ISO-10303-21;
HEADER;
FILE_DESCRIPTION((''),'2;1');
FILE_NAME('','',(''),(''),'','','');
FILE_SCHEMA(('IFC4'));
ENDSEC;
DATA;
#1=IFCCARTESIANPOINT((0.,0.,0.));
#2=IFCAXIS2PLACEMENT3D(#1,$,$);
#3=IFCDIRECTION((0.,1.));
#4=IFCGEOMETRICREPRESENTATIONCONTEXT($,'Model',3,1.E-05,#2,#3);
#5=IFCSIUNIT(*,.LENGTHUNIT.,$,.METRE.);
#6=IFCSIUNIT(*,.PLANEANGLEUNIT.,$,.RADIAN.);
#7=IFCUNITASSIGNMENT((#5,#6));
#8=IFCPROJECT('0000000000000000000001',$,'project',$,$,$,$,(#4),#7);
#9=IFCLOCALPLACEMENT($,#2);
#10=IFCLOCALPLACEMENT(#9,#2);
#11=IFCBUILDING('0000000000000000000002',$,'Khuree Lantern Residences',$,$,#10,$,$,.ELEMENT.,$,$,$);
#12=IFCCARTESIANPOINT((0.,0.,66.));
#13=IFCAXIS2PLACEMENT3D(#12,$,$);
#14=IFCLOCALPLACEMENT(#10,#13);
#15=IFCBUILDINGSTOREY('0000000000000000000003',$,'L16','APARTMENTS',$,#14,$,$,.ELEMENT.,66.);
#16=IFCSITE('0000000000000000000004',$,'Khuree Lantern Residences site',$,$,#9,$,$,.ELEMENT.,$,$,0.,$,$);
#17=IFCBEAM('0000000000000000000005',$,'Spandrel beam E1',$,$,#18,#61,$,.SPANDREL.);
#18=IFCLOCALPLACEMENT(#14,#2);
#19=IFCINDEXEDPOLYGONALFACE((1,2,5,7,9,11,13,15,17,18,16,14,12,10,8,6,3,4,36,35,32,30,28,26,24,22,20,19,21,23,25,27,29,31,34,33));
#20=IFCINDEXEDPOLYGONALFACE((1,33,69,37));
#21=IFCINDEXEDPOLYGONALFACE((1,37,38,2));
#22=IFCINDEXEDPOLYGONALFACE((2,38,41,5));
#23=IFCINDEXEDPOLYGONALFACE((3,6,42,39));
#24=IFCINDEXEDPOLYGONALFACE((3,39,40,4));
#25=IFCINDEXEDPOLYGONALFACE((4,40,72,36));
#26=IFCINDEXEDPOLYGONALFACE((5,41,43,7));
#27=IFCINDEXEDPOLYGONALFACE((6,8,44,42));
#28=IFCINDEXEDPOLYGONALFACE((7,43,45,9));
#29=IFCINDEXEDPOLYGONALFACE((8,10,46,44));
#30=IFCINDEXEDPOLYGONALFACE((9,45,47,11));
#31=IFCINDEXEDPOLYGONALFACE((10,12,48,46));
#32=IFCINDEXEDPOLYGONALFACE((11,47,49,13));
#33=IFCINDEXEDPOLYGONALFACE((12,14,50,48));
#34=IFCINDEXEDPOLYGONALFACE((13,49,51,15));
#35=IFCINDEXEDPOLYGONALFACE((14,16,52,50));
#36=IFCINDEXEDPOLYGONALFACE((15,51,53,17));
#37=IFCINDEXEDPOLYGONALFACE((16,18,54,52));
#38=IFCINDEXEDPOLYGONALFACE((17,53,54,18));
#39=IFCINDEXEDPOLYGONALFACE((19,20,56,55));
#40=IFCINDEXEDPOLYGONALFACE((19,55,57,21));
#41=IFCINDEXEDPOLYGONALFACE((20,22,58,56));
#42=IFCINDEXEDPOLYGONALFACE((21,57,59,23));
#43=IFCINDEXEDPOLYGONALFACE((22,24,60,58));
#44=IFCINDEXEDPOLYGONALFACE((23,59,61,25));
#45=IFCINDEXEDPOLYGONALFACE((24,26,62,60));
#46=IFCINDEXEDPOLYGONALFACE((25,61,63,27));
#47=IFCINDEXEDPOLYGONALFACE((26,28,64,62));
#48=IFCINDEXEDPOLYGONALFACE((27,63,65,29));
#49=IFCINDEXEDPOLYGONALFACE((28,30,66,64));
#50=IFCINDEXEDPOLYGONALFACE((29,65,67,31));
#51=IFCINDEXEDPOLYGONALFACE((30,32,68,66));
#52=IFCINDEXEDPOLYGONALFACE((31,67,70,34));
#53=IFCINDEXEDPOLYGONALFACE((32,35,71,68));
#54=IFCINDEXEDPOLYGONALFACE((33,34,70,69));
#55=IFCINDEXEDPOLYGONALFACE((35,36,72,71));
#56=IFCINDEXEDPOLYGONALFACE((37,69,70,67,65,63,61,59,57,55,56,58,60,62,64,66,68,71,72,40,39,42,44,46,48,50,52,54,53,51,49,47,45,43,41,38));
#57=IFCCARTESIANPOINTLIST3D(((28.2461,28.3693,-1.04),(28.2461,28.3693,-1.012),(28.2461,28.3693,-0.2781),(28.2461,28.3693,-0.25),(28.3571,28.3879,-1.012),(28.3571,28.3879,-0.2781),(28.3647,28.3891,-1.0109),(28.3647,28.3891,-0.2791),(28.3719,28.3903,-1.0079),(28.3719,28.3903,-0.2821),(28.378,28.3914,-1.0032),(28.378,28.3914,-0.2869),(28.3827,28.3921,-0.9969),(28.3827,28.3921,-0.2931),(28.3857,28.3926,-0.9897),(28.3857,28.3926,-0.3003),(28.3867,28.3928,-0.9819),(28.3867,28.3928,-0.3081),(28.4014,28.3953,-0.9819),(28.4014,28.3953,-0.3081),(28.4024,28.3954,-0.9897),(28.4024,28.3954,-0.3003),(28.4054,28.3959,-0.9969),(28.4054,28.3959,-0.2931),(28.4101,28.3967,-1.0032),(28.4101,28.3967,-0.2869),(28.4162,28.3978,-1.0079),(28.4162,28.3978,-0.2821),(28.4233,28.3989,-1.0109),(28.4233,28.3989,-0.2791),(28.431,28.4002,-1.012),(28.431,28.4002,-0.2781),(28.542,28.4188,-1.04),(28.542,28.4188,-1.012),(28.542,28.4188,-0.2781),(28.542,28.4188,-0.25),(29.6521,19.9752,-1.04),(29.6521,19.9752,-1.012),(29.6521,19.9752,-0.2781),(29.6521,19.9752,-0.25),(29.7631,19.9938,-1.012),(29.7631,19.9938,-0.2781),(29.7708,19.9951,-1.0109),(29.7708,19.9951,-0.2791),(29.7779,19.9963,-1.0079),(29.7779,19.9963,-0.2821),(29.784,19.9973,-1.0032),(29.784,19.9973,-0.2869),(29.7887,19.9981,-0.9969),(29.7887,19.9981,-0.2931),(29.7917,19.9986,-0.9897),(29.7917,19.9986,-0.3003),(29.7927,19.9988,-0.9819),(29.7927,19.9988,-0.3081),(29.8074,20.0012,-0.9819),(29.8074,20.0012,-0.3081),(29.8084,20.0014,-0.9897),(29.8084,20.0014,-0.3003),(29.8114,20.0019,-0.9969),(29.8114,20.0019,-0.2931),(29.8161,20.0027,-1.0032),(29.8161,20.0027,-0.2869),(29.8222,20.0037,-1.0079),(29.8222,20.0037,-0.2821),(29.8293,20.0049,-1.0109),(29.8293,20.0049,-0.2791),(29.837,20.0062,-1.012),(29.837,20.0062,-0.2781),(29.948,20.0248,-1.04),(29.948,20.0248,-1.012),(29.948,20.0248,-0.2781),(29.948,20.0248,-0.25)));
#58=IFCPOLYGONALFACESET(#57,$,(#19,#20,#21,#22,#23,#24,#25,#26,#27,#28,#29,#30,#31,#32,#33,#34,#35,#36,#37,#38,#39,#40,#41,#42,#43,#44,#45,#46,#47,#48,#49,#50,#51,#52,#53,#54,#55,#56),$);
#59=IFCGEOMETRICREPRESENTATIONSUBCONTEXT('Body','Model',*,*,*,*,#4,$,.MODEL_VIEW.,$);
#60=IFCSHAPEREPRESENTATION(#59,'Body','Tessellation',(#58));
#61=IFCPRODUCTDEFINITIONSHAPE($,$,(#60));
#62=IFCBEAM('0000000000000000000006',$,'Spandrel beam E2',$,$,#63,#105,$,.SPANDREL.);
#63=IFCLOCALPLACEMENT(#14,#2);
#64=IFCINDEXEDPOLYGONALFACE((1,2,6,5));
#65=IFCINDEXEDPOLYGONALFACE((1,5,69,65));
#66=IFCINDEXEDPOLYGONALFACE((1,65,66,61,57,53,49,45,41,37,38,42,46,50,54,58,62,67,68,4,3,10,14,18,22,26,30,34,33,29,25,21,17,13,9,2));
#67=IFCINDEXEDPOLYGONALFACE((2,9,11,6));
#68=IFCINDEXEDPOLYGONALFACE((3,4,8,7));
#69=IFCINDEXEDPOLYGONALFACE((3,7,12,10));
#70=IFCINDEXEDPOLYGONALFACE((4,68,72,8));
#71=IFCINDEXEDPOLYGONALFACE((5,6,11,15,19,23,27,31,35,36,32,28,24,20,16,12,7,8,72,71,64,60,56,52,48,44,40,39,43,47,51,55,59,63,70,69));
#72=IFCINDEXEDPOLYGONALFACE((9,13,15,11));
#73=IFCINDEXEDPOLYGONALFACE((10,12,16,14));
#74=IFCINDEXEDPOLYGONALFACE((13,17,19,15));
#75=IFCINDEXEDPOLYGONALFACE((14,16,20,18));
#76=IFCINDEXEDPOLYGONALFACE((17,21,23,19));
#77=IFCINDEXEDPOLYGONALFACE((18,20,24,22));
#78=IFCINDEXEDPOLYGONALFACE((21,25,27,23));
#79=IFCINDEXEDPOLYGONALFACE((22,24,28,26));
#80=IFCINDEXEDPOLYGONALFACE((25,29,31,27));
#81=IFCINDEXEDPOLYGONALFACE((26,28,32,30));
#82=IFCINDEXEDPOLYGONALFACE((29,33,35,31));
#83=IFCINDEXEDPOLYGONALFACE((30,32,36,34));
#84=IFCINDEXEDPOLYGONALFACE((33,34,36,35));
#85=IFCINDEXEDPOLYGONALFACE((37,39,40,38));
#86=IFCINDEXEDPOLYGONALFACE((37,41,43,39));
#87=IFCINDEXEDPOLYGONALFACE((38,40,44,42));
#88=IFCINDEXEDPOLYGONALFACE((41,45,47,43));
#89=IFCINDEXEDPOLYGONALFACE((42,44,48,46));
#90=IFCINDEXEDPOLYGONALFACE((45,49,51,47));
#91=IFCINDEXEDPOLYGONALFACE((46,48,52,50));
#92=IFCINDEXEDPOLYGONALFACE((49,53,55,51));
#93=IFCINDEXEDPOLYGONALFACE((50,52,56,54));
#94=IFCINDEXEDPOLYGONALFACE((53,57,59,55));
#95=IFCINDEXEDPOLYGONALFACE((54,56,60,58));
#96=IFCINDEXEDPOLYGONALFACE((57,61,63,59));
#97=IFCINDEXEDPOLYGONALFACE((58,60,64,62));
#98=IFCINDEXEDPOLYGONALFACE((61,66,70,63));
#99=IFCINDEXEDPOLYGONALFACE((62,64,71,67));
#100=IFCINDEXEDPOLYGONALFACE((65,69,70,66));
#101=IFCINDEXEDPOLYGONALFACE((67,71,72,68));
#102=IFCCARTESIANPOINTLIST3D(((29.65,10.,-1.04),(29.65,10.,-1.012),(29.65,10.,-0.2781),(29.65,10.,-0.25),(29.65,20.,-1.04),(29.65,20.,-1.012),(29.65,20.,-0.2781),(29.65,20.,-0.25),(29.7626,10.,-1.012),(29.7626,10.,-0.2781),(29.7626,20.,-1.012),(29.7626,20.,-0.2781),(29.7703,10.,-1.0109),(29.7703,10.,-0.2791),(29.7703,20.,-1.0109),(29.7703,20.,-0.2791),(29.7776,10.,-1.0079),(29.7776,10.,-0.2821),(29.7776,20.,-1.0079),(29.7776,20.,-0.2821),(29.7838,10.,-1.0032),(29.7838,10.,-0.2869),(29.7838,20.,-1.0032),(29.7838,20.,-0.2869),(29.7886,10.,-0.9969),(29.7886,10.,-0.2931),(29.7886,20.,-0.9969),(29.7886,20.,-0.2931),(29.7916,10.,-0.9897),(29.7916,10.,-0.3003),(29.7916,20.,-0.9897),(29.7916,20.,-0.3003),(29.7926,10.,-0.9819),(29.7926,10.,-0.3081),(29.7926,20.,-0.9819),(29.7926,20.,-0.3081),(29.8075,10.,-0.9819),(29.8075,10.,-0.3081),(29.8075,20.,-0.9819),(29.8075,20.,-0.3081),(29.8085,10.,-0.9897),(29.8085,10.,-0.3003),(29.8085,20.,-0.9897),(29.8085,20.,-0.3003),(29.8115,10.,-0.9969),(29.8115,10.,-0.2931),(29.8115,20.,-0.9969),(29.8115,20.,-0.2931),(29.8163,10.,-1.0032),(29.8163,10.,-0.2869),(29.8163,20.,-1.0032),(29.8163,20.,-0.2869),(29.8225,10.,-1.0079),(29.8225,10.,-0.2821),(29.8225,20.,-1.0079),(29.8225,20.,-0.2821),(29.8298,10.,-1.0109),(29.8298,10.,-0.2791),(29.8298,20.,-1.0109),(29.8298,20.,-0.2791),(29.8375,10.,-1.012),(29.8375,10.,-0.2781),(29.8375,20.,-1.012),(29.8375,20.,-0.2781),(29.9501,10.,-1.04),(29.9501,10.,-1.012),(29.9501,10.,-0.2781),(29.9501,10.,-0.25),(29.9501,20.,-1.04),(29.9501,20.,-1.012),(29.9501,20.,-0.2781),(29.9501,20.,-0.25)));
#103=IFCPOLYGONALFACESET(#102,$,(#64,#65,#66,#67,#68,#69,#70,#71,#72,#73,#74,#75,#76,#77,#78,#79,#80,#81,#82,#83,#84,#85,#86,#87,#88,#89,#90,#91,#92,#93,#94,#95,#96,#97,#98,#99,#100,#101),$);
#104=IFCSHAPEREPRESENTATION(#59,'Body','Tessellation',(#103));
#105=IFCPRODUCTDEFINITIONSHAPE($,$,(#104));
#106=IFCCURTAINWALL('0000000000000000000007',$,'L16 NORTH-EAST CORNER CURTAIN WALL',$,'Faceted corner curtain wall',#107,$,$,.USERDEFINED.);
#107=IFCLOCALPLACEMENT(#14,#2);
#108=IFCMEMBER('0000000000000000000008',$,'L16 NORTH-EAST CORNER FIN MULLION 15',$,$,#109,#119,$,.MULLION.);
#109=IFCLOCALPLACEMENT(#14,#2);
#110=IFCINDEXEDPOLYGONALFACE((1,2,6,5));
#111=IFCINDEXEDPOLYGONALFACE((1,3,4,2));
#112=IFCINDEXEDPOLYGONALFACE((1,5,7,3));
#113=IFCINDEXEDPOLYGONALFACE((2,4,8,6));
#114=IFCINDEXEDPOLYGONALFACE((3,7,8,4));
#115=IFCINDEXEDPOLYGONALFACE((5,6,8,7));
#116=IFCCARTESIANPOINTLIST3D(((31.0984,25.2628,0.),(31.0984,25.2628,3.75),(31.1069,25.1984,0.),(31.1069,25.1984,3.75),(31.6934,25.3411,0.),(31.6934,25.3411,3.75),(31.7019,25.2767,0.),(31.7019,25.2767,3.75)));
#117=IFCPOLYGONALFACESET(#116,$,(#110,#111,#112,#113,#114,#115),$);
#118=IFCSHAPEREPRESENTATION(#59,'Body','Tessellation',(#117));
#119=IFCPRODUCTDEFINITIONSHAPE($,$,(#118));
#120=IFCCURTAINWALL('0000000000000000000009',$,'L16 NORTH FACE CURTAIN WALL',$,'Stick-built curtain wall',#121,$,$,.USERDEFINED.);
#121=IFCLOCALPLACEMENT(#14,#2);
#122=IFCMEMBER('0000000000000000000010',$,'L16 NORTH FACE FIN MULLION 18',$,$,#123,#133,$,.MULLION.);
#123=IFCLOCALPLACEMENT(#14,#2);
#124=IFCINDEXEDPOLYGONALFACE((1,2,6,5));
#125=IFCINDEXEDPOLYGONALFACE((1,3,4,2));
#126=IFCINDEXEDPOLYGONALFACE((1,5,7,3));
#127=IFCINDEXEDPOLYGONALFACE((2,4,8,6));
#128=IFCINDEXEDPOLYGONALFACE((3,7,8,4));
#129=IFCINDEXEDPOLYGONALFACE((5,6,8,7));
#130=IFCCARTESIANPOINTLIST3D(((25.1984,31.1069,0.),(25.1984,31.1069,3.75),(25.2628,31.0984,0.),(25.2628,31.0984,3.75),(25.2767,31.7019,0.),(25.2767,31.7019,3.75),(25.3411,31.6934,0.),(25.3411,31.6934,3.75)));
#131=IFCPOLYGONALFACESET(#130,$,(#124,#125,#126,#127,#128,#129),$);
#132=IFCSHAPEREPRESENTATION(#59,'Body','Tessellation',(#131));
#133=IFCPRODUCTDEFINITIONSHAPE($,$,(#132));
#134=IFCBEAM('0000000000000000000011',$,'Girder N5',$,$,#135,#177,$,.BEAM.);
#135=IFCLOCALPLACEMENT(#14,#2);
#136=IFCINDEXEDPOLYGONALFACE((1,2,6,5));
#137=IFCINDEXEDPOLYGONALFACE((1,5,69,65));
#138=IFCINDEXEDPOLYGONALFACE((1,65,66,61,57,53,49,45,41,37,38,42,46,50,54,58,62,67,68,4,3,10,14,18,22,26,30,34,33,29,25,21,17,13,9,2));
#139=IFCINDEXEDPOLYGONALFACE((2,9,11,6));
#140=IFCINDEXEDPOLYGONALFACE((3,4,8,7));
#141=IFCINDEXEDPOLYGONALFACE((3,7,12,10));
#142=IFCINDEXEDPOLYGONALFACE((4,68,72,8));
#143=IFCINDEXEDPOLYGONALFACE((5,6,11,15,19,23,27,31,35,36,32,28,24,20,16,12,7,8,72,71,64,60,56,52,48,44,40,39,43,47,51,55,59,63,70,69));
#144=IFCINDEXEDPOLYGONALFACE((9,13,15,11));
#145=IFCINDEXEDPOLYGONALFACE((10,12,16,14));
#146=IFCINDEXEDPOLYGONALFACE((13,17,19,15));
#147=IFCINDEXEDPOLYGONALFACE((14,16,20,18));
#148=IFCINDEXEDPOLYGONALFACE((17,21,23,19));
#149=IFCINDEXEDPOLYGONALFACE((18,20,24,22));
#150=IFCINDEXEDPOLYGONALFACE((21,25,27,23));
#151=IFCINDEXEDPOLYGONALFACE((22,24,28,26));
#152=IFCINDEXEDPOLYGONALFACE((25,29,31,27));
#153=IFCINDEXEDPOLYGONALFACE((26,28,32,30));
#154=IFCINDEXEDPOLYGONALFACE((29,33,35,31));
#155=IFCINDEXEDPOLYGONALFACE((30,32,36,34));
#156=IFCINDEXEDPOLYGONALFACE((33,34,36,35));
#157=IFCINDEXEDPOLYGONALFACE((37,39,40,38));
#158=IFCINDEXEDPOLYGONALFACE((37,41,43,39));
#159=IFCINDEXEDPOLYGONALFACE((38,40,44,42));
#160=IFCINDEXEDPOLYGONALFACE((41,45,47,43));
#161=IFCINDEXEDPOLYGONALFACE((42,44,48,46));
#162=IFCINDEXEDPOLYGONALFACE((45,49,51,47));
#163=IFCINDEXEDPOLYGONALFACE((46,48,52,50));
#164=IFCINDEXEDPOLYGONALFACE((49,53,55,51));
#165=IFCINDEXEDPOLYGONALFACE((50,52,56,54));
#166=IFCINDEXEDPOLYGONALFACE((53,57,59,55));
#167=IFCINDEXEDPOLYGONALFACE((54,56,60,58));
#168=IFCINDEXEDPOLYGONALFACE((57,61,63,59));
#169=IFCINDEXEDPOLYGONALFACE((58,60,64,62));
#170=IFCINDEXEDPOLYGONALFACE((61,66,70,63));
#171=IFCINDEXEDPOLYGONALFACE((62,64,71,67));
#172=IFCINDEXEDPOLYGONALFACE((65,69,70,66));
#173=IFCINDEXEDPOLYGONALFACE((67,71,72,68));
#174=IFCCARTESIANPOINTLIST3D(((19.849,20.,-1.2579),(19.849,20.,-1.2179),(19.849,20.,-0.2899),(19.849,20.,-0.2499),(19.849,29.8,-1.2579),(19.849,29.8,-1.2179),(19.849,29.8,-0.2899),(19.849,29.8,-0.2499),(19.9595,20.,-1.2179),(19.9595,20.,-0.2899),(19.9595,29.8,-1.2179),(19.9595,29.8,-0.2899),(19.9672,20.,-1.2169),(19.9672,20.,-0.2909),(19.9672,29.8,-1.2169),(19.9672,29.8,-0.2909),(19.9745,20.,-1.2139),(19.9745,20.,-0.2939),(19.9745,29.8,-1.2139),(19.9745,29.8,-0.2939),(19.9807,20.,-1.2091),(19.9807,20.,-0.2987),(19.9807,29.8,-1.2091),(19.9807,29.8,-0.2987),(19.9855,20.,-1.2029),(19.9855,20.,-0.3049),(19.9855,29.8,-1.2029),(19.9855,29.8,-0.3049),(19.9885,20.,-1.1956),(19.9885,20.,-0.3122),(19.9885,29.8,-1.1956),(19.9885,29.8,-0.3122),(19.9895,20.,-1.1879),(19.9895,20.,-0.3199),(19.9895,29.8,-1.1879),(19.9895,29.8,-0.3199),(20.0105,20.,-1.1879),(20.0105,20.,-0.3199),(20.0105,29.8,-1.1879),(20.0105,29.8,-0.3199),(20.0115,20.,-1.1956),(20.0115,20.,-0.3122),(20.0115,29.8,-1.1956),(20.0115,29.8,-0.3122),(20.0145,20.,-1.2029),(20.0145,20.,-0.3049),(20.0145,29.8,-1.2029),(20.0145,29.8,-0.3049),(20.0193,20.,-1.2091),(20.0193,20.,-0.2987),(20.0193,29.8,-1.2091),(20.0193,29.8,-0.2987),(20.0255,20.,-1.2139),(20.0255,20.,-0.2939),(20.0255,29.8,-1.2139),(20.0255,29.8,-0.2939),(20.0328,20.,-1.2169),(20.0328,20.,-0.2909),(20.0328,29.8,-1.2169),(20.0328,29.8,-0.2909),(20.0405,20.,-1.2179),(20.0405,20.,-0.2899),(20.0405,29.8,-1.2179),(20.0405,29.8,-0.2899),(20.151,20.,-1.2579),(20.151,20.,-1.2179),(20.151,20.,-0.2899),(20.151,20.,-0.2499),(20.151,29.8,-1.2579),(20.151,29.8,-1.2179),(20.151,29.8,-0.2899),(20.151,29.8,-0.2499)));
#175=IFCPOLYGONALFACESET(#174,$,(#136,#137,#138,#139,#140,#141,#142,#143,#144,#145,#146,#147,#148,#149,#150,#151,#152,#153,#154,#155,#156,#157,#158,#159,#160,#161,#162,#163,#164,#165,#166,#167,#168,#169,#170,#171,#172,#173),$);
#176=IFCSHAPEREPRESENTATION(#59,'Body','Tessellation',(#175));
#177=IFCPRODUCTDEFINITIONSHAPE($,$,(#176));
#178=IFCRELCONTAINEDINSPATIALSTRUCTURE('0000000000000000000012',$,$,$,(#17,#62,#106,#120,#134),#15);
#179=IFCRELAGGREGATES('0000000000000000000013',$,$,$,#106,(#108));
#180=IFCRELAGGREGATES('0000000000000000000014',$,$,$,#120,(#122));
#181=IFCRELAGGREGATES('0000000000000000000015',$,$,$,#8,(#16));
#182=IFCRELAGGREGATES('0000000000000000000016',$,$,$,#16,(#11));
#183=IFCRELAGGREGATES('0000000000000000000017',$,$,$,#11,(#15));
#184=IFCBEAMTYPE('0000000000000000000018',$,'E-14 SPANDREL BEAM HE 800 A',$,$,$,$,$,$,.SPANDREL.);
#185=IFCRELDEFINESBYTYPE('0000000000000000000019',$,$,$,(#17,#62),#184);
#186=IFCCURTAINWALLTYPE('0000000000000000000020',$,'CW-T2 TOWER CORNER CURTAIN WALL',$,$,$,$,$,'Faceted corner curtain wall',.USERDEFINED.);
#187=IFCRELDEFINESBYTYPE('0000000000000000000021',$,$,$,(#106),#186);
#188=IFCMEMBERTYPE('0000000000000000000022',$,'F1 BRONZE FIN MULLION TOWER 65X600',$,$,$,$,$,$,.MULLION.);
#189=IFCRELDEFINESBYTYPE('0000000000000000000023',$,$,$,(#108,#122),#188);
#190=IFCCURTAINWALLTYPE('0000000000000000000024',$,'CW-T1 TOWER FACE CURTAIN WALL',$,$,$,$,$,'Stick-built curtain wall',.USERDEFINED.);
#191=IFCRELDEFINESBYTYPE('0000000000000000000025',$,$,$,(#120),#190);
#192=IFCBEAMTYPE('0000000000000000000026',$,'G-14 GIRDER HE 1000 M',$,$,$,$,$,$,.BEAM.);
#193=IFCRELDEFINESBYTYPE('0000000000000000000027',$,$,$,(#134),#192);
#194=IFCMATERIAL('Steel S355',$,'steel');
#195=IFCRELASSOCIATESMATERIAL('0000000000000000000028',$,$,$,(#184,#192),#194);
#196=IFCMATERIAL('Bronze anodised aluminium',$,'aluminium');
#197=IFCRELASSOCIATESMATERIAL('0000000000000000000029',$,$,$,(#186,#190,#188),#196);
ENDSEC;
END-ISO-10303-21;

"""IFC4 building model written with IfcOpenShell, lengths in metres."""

from ifc_helpers import new_model, si_unit, direction, frame, origin, origin_2d, place, context, subcontext, project, spatial, rectangle, i_section, extrude, material, material_profile, profile_set, type_object, element, aggregate, save


model = new_model("IFC4")

# Units and contexts
model_context = context("Model", 3, precision=1e-05, world=origin(), true_north=direction((0.0, 1.0)))
body_context = subcontext(model_context, "Body", "Model", "MODEL_VIEW")
ifc_project = project(units=[si_unit("LENGTHUNIT", "METRE"), si_unit("PLANEANGLEUNIT", "RADIAN")], contexts=[model_context])

# Site, building, storey
site_placement = place(None, origin())
site = spatial("IfcSite", under=ifc_project, at=site_placement, Name="Khuree Lantern Residences site", CompositionType="ELEMENT", RefElevation=0.0)
building_placement = place(site_placement, origin())
building = spatial("IfcBuilding", under=site, at=building_placement, Name="Khuree Lantern Residences", CompositionType="ELEMENT")
storey_placement = place(building_placement, frame((0.0, 0.0, 66.0)))
storey = spatial("IfcBuildingStorey", under=building, at=storey_placement, Name="L16", Description="APARTMENTS", CompositionType="ELEMENT", Elevation=66.0)

# Beams
ifc_material_1 = material(Name="Steel S355", Category="steel")
ifc_material_profile_1 = material_profile(ifc_material_1, i_section(OverallWidth=0.3, OverallDepth=0.79, WebThickness=0.0149, FlangeThickness=0.0281, FilletRadius=0.03, at=origin_2d()), Name="HE 800 A")
ifc_profile_set_1 = profile_set([ifc_material_profile_1], Name="Steel S355")
beam_type_1 = type_object("IfcBeamType", Name="E-14 SPANDREL BEAM HE 800 A", PredefinedType="SPANDREL", material=ifc_profile_set_1)
for number, where, z_axis, x_axis, name in (
    (1, (28.394, 28.394, -0.645), (0.165199, -0.98626, 0.0), (0.98626, 0.165199, 0.0), "Spandrel beam E1"),
):
    element("IfcBeam", number, at=place(storey_placement, frame(where, z_axis=z_axis, x_axis=x_axis)), inside=storey, type_object=beam_type_1, Name=name, PredefinedType="SPANDREL", context=body_context, shape_type="SweptSolid", body=[
        extrude(i_section(OverallWidth=0.3, OverallDepth=0.79, WebThickness=0.0149, FlangeThickness=0.0281, FilletRadius=0.03, at=origin_2d()), origin(), (0.0, 0.0, 1.0), 8.511),
    ])
beam_1_placement = place(storey_placement, frame((29.8, 20.0, -0.645), z_axis=(0.0, -1.0, 0.0), x_axis=(1.0, 0.0, 0.0)))
element("IfcBeam", 2, at=beam_1_placement, inside=storey, type_object=beam_type_1, Name="Spandrel beam E2", PredefinedType="SPANDREL", context=body_context, shape_type="SweptSolid", body=[
    extrude(i_section(OverallWidth=0.3, OverallDepth=0.79, WebThickness=0.0149, FlangeThickness=0.0281, FilletRadius=0.03, at=origin_2d()), origin(), (0.0, 0.0, 1.0), 10.0),
])

# Curtain walls, members
ifc_material_2 = material(Name="Bronze anodised aluminium", Category="aluminium")
curtain_wall_type_1 = type_object("IfcCurtainWallType", Name="CW-T2 TOWER CORNER CURTAIN WALL", ElementType="Faceted corner curtain wall", PredefinedType="USERDEFINED", material=ifc_material_2)
curtain_wall_1_placement = place(storey_placement, origin())
curtain_wall_1 = element("IfcCurtainWall", 3, at=curtain_wall_1_placement, inside=storey, type_object=curtain_wall_type_1, Name="L16 NORTH-EAST CORNER CURTAIN WALL", ObjectType="Faceted corner curtain wall", PredefinedType="USERDEFINED")
ifc_material_profile_2 = material_profile(ifc_material_2, rectangle(XDim=0.0649, YDim=0.6001, at=origin_2d()), Name="F1 65X600")
ifc_profile_set_2 = profile_set([ifc_material_profile_2], Name="Bronze anodised aluminium")
member_type_1 = type_object("IfcMemberType", Name="F1 BRONZE FIN MULLION TOWER 65X600", PredefinedType="MULLION", material=ifc_profile_set_2)
member_1_placement = place(storey_placement, frame((31.4001, 25.2698, 0.0), z_axis=(0.0, 0.0, 1.0), x_axis=(-0.130526, 0.991445, 0.0)))
member_1 = element("IfcMember", 4, at=member_1_placement, type_object=member_type_1, Name="L16 NORTH-EAST CORNER FIN MULLION 15", PredefinedType="MULLION", context=body_context, shape_type="SweptSolid", body=[
    extrude(rectangle(XDim=0.0649, YDim=0.6001, at=origin_2d()), origin(), (0.0, 0.0, 1.0), 3.75),
])
curtain_wall_type_2 = type_object("IfcCurtainWallType", Name="CW-T1 TOWER FACE CURTAIN WALL", ElementType="Stick-built curtain wall", PredefinedType="USERDEFINED", material=ifc_material_2)
curtain_wall_2_placement = place(storey_placement, origin())
curtain_wall_2 = element("IfcCurtainWall", 5, at=curtain_wall_2_placement, inside=storey, type_object=curtain_wall_type_2, Name="L16 NORTH FACE CURTAIN WALL", ObjectType="Stick-built curtain wall", PredefinedType="USERDEFINED")
member_2_placement = place(storey_placement, frame((25.2698, 31.4001, 0.0), z_axis=(0.0, 0.0, 1.0), x_axis=(-0.991445, 0.130526, 0.0)))
member_2 = element("IfcMember", 6, at=member_2_placement, type_object=member_type_1, Name="L16 NORTH FACE FIN MULLION 18", PredefinedType="MULLION", context=body_context, shape_type="SweptSolid", body=[
    extrude(rectangle(XDim=0.0649, YDim=0.6001, at=origin_2d()), origin(), (0.0, 0.0, 1.0), 3.75),
])

# Beam
ifc_material_profile_3 = material_profile(ifc_material_1, i_section(OverallWidth=0.302, OverallDepth=1.0081, WebThickness=0.021, FlangeThickness=0.04, FilletRadius=0.03, at=origin_2d()), Name="HE 1000 M")
ifc_profile_set_3 = profile_set([ifc_material_profile_3], Name="Steel S355")
beam_type_2 = type_object("IfcBeamType", Name="G-14 GIRDER HE 1000 M", PredefinedType="BEAM", material=ifc_profile_set_3)
for number, where, z_axis, x_axis, name in (
    (7, (20.0, 29.8, -0.7539), (0.0, -1.0, 0.0), (1.0, 0.0, 0.0), "Girder N5"),
):
    element("IfcBeam", number, at=place(storey_placement, frame(where, z_axis=z_axis, x_axis=x_axis)), inside=storey, type_object=beam_type_2, Name=name, PredefinedType="BEAM", context=body_context, shape_type="SweptSolid", body=[
        extrude(i_section(OverallWidth=0.302, OverallDepth=1.0081, WebThickness=0.021, FlangeThickness=0.04, FilletRadius=0.03, at=origin_2d()), origin(), (0.0, 0.0, 1.0), 9.8),
    ])

aggregate(curtain_wall_1, [member_1])
aggregate(curtain_wall_2, [member_2])

save(model, "model.ifc")
